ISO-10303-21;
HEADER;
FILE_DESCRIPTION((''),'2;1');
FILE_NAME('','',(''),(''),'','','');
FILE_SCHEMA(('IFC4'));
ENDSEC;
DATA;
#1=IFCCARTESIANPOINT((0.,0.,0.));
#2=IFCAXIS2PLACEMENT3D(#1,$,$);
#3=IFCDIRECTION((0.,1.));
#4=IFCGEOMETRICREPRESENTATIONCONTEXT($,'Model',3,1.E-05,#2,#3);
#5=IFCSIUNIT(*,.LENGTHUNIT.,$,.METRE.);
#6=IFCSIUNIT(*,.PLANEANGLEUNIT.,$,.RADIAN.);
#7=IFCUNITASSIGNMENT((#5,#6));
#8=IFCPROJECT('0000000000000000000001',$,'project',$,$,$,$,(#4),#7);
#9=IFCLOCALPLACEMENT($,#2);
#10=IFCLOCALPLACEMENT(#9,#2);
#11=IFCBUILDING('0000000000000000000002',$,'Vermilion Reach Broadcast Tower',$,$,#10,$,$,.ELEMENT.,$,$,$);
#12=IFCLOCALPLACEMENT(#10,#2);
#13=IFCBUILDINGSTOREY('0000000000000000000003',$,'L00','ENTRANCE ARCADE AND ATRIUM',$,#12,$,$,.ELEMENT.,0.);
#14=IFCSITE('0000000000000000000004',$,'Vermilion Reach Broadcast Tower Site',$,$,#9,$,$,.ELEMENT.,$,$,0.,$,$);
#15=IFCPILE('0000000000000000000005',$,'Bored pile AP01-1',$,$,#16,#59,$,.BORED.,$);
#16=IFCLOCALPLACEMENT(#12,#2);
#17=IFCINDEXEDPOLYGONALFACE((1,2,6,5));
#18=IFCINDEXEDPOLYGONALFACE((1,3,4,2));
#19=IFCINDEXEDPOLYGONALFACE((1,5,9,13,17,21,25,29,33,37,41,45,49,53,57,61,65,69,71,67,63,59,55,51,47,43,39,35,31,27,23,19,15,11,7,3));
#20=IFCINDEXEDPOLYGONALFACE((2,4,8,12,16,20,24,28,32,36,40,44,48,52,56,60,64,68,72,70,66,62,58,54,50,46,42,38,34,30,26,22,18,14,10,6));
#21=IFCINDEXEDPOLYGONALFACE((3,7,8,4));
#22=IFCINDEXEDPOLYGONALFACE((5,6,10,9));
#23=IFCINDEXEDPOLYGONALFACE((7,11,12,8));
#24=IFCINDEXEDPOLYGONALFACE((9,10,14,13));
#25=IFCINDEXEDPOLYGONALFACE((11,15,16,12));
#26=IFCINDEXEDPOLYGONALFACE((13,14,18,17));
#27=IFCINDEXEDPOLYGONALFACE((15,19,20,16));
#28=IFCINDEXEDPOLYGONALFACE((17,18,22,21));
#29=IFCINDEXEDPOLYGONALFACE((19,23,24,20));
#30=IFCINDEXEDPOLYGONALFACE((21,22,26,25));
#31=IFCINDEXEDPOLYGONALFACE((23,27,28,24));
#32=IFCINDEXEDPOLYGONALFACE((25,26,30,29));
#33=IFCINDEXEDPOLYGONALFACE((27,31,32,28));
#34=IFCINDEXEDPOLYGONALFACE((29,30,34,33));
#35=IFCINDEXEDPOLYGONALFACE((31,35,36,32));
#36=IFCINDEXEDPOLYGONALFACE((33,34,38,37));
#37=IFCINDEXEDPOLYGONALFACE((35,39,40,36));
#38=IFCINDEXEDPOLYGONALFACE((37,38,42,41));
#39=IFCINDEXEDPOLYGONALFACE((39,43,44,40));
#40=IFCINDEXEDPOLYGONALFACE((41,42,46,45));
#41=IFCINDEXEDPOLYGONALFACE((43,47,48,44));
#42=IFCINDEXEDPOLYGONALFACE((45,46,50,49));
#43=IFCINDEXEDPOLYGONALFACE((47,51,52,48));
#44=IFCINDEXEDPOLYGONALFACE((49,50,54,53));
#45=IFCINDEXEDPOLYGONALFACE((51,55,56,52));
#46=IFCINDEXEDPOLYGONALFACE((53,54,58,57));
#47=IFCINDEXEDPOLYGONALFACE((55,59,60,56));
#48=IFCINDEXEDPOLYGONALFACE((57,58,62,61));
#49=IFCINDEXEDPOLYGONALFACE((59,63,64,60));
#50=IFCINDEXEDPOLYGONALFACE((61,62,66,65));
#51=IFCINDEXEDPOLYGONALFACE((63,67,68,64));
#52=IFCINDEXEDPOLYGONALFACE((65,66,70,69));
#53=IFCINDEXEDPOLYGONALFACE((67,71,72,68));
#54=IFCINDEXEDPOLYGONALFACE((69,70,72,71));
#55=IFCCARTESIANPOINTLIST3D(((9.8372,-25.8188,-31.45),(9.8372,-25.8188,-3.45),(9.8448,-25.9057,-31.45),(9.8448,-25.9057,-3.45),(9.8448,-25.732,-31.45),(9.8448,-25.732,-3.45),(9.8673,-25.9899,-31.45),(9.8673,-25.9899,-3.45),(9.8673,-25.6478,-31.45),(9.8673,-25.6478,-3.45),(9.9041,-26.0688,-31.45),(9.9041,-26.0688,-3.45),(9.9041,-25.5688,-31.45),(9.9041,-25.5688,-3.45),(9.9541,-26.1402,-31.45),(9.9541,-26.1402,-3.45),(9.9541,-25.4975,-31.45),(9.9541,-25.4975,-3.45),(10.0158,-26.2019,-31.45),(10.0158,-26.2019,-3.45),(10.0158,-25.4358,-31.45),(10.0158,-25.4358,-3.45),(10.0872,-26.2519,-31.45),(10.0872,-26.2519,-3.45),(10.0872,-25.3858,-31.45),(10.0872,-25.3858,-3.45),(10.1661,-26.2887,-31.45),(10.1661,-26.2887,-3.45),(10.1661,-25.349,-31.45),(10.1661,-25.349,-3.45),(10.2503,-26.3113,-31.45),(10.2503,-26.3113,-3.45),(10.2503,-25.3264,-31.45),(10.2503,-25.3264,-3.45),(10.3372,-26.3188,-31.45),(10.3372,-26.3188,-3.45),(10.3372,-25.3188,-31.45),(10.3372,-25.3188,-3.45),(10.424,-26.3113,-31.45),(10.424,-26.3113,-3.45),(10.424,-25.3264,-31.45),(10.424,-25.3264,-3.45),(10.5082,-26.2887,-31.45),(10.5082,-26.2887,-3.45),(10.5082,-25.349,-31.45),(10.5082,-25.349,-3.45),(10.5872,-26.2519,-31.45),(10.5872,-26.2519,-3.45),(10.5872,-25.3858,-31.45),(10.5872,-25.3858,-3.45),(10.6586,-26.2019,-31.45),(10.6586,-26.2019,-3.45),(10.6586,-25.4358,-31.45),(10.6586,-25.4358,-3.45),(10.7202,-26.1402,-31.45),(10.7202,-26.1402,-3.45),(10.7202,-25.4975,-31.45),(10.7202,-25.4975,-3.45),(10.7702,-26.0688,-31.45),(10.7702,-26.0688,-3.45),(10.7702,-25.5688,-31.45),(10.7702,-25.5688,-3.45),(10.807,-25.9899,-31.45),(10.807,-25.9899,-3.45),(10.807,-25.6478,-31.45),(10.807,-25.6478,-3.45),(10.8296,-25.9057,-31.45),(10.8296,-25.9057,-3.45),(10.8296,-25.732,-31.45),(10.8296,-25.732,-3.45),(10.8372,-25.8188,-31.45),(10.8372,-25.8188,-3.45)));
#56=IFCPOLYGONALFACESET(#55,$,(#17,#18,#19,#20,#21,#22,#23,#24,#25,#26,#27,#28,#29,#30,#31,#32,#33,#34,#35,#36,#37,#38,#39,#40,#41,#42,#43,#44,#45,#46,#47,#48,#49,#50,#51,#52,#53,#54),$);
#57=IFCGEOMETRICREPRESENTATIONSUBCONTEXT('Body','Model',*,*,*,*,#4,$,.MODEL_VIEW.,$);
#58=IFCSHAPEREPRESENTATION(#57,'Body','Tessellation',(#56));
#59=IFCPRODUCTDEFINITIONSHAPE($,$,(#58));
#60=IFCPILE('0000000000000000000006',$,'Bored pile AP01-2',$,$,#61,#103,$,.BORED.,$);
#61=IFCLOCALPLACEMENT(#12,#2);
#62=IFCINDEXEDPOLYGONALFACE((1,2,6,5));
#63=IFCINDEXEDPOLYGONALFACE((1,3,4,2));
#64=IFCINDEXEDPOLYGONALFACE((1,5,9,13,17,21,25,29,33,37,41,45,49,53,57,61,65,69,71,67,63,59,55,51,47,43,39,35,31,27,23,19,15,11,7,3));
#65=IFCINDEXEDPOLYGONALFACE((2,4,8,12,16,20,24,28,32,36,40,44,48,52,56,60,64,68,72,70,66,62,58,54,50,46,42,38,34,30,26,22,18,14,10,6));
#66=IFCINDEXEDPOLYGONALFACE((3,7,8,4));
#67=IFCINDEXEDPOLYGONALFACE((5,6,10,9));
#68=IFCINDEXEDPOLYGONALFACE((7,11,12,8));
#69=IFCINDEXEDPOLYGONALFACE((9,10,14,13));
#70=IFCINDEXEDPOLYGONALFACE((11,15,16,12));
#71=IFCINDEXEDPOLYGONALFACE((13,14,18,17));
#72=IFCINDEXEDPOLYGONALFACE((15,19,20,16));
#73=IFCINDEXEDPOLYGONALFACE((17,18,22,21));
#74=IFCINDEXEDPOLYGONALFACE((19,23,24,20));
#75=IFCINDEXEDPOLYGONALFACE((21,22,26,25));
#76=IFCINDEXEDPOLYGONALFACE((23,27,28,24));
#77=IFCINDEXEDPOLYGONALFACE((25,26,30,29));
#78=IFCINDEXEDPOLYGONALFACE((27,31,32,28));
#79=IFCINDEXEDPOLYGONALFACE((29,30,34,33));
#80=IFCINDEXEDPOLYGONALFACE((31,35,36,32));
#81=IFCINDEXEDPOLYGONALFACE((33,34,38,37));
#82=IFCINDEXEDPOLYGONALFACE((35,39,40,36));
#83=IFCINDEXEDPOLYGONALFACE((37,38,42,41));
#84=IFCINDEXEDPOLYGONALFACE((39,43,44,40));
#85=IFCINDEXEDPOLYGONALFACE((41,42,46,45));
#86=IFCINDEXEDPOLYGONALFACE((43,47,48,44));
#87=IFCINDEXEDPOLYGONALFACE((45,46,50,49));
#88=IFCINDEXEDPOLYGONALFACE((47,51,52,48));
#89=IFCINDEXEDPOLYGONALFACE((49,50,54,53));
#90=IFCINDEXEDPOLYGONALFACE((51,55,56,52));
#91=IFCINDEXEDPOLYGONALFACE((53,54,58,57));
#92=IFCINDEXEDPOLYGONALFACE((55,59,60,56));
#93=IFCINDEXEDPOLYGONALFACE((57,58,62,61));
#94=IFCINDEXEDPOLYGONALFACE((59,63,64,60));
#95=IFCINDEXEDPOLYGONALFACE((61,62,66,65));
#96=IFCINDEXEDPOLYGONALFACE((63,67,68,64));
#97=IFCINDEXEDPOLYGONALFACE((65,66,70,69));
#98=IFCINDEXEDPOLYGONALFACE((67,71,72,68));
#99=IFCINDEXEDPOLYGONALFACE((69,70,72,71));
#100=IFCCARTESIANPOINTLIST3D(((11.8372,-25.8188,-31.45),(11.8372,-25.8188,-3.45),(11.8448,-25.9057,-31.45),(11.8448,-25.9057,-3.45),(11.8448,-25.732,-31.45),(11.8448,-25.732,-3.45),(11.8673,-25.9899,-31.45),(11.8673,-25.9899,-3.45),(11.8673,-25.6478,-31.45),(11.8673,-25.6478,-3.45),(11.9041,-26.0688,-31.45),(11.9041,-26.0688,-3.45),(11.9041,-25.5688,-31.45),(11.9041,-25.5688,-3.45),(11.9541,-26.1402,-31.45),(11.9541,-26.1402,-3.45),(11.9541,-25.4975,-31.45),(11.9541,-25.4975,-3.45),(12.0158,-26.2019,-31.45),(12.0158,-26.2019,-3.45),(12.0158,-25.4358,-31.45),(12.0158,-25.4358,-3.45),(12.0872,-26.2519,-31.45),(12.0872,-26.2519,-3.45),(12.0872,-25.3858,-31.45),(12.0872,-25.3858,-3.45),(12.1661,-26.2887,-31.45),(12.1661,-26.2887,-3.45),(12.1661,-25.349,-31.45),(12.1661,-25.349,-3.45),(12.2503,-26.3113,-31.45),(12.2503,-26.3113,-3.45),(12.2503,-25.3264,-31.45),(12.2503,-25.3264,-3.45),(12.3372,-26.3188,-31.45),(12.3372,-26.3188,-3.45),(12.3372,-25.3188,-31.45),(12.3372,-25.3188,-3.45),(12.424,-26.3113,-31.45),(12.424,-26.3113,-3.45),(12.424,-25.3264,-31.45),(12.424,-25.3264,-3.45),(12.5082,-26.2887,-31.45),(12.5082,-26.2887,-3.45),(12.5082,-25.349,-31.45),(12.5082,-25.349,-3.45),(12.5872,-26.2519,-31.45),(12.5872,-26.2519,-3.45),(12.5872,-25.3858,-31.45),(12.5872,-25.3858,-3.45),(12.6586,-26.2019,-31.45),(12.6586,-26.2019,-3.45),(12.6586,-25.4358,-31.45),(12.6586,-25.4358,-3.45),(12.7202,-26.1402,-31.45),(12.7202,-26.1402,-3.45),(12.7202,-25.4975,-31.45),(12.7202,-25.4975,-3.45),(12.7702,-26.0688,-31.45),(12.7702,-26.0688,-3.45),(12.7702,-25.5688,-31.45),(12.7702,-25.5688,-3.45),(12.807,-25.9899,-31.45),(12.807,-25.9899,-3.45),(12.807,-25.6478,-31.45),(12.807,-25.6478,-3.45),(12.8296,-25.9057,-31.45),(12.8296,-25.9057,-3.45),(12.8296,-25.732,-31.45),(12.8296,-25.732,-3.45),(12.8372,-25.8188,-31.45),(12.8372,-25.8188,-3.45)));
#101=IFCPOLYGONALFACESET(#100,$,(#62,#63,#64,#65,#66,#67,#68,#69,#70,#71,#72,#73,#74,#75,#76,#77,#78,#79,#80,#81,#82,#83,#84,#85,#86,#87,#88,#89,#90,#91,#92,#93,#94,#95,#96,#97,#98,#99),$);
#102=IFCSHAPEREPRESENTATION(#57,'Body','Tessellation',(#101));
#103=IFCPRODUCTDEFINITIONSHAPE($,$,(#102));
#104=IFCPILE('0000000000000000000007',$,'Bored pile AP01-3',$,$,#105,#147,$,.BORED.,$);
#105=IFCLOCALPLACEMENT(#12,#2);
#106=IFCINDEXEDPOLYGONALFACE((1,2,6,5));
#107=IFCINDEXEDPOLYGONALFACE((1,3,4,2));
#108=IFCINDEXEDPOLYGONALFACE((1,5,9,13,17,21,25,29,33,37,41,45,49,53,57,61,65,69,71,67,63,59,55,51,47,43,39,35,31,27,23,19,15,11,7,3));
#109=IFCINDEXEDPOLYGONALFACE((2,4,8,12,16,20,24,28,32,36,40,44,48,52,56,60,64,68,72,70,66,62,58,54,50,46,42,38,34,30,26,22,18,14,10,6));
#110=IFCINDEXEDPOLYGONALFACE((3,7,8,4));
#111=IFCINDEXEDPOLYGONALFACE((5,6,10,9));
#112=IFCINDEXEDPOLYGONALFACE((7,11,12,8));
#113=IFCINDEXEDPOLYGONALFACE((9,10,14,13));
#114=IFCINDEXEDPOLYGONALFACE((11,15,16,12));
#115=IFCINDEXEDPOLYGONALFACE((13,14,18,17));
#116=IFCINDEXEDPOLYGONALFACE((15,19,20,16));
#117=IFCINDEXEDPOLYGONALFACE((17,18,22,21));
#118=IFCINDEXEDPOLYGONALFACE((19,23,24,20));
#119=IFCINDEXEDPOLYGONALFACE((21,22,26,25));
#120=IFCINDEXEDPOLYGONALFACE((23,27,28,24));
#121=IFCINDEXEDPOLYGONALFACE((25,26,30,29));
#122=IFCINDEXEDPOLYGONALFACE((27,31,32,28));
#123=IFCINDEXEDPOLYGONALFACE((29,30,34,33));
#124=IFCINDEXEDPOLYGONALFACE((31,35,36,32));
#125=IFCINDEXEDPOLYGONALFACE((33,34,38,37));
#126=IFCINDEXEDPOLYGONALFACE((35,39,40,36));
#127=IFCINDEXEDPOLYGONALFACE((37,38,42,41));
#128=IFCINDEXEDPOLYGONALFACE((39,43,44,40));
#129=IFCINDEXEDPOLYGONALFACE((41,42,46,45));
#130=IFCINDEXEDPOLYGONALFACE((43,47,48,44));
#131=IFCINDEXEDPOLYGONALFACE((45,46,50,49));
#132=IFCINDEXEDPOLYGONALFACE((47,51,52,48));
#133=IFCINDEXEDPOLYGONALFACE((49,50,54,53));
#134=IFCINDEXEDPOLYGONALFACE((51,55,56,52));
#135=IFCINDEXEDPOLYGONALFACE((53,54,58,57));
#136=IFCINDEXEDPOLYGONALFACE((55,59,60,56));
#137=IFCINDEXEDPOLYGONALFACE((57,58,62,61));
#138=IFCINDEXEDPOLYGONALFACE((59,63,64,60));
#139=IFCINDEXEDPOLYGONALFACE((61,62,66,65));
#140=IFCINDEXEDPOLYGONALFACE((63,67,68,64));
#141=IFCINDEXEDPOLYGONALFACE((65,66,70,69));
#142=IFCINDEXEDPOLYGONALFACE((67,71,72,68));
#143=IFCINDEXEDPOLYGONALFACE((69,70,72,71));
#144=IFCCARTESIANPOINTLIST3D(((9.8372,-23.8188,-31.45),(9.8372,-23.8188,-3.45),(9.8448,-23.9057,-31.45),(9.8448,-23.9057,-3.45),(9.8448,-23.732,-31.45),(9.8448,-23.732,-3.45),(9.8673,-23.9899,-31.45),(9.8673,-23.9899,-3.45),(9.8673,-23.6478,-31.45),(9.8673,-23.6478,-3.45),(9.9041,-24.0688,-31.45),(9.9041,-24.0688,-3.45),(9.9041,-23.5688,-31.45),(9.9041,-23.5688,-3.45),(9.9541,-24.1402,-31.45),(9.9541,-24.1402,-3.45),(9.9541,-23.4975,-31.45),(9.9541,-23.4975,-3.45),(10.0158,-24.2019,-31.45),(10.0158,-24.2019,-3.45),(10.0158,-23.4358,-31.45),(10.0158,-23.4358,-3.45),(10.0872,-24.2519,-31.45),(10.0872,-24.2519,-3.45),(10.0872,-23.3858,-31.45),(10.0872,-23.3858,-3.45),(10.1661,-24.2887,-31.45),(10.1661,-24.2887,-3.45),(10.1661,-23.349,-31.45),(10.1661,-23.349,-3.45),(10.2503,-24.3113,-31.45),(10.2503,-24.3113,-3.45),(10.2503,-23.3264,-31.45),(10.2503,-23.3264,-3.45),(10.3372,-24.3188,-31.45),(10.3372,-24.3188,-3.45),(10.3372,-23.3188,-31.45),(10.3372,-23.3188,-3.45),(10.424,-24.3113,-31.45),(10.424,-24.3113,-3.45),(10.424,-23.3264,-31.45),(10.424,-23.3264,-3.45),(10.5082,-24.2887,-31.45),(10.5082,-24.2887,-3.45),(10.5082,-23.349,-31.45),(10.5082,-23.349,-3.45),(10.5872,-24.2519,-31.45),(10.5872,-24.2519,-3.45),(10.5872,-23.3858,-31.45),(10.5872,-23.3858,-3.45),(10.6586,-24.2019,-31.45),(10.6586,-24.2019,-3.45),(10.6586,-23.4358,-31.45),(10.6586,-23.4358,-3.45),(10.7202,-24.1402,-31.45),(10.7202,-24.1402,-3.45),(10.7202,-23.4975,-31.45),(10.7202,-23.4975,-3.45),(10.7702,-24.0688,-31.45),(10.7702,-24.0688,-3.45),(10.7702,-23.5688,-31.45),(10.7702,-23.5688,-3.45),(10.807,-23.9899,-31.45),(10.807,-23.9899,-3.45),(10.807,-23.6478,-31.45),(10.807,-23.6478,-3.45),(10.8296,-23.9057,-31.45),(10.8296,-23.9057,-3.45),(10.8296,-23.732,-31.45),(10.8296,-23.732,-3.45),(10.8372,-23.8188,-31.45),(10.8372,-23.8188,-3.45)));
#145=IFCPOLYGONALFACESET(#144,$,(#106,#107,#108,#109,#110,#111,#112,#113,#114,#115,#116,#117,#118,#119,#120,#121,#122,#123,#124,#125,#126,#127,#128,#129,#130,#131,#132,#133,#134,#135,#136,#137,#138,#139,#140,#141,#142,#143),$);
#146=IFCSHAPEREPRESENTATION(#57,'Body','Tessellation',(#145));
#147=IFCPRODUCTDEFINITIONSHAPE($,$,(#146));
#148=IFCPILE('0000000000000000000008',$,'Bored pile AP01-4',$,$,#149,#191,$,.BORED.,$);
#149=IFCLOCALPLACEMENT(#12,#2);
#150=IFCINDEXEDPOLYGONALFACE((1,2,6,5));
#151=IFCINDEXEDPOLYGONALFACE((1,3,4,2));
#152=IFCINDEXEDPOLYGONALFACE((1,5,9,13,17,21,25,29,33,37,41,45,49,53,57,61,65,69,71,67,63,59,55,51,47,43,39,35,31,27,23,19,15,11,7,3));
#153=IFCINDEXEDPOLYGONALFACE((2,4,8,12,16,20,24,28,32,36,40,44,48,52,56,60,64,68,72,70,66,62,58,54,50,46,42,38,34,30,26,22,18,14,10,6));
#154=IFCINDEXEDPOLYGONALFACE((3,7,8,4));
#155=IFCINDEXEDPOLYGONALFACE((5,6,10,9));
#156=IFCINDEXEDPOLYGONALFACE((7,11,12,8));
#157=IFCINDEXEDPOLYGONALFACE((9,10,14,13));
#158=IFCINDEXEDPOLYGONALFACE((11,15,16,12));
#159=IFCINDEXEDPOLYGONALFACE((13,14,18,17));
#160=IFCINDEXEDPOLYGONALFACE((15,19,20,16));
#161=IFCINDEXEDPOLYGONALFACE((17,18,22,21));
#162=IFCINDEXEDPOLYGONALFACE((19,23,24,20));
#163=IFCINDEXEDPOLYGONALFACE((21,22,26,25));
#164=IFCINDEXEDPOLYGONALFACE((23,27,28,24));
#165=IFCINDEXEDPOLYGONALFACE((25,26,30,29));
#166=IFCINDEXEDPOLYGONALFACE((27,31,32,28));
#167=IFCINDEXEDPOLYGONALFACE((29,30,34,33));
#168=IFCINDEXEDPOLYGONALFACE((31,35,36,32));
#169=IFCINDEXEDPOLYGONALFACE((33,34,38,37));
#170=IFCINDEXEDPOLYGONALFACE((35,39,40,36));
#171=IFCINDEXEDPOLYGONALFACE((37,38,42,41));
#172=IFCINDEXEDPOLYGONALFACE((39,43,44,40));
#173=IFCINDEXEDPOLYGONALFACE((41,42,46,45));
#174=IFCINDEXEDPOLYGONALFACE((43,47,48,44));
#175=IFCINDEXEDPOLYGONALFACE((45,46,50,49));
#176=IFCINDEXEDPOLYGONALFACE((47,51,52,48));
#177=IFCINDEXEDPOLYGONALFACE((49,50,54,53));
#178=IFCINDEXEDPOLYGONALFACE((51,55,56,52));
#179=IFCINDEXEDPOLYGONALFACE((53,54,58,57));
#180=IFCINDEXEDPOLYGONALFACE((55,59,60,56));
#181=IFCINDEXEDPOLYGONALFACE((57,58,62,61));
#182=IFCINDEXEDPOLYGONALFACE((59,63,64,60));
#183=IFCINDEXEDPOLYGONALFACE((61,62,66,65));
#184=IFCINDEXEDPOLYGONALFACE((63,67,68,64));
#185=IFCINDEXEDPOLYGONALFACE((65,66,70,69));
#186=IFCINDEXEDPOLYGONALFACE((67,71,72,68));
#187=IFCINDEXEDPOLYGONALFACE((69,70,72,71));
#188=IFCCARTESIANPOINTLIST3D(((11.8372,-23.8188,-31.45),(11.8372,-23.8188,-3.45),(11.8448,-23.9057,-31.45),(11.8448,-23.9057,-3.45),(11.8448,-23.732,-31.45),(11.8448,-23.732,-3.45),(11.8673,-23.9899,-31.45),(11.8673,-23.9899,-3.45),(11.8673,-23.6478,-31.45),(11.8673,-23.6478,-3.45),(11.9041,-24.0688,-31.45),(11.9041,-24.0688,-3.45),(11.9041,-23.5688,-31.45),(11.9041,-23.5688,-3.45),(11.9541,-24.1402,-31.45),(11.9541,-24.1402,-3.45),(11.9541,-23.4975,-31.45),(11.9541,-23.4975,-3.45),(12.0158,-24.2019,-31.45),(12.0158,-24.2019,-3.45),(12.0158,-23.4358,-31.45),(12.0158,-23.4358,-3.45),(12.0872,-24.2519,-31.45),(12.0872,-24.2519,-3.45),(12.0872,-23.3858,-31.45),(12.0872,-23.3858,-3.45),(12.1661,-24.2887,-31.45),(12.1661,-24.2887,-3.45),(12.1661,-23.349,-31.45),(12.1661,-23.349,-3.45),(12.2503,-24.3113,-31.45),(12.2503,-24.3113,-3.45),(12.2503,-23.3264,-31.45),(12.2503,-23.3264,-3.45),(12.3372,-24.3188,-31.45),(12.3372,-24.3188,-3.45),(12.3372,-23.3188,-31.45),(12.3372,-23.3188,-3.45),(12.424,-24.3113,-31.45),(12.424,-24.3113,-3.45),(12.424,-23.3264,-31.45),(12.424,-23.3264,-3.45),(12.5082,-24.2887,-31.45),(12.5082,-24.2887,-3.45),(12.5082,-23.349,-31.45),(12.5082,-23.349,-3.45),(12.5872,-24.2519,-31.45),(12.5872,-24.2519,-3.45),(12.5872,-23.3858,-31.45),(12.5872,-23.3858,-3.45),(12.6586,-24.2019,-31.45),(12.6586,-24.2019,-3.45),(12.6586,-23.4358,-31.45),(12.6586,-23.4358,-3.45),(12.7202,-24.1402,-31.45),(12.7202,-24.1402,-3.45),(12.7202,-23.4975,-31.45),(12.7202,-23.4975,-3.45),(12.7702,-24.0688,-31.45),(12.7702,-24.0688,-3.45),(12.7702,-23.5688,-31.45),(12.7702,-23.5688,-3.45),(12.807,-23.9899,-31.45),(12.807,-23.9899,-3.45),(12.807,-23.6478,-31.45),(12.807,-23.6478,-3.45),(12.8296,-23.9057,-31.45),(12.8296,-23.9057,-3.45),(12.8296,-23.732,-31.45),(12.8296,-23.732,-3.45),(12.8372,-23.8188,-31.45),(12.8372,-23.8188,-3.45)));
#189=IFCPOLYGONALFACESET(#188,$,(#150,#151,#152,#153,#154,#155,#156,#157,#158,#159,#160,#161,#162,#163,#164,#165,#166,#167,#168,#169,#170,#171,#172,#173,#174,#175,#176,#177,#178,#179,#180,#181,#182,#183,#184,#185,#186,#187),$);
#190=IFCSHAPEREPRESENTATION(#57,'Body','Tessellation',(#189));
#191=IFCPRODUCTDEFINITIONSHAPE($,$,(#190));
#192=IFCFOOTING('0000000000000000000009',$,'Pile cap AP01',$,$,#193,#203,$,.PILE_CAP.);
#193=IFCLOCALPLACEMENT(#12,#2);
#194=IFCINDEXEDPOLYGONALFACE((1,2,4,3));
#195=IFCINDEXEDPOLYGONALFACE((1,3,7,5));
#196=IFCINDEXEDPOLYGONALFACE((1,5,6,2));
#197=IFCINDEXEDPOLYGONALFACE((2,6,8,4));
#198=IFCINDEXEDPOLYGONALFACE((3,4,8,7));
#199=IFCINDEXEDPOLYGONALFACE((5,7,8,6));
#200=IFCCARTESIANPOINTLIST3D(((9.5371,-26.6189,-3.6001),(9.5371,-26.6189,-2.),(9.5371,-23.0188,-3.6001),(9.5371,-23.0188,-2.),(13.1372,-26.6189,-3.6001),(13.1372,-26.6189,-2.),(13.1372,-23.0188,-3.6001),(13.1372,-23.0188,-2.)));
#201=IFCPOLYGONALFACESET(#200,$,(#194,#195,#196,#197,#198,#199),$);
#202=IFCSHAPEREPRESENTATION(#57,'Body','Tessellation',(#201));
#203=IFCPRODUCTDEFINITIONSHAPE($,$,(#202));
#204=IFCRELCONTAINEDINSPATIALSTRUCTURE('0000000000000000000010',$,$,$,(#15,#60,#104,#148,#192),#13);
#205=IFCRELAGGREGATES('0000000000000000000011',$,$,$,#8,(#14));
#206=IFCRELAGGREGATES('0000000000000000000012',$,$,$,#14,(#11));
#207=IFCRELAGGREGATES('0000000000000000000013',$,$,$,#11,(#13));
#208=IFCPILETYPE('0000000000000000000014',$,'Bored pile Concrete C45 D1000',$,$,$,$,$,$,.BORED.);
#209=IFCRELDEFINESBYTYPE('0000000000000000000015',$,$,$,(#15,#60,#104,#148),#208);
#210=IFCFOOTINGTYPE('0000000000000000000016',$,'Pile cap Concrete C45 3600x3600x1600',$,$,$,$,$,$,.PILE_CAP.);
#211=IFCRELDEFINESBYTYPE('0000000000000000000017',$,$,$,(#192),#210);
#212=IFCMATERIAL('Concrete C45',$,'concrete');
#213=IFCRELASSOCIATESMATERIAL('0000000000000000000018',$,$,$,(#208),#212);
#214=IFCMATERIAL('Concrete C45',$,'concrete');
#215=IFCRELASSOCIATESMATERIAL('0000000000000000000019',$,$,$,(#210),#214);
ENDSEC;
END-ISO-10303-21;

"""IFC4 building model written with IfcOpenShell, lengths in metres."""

from ifc_helpers import new_model, si_unit, direction, frame, origin, origin_2d, place, context, subcontext, project, spatial, rectangle, circle, extrude, material, material_profile, profile_set, type_object, element, save


model = new_model("IFC4")

# Units and contexts
model_context = context("Model", 3, precision=1e-05, world=origin(), true_north=direction((0.0, 1.0)))
body_context = subcontext(model_context, "Body", "Model", "MODEL_VIEW")
ifc_project = project(units=[si_unit("LENGTHUNIT", "METRE"), si_unit("PLANEANGLEUNIT", "RADIAN")], contexts=[model_context])

# Site, building, storey
site_placement = place(None, origin())
site = spatial("IfcSite", under=ifc_project, at=site_placement, Name="Vermilion Reach Broadcast Tower Site", CompositionType="ELEMENT", RefElevation=0.0)
building_placement = place(site_placement, origin())
building = spatial("IfcBuilding", under=site, at=building_placement, Name="Vermilion Reach Broadcast Tower", CompositionType="ELEMENT")
storey_placement = place(building_placement, origin())
storey = spatial("IfcBuildingStorey", under=building, at=storey_placement, Name="L00", Description="ENTRANCE ARCADE AND ATRIUM", CompositionType="ELEMENT", Elevation=0.0)

# Piles
ifc_material_1 = material(Name="Concrete C45", Category="concrete")
ifc_material_profile_1 = material_profile(ifc_material_1, circle(Radius=0.5, at=origin_2d()), Name="Concrete C45 D1000")
ifc_profile_set_1 = profile_set([ifc_material_profile_1], Name="Concrete C45")
pile_type = type_object("IfcPileType", Name="Bored pile Concrete C45 D1000", PredefinedType="BORED", material=ifc_profile_set_1)
for number, where, z_axis, x_axis, name in (
    (1, (10.3372, -25.8188, -3.45), (0.0, 0.0, -1.0), (1.0, 0.0, 0.0), "Bored pile AP01-1"),
    (2, (12.3372, -25.8188, -3.45), (0.0, 0.0, -1.0), (1.0, 0.0, 0.0), "Bored pile AP01-2"),
    (3, (10.3372, -23.8188, -3.45), (0.0, 0.0, -1.0), (1.0, 0.0, 0.0), "Bored pile AP01-3"),
    (4, (12.3372, -23.8188, -3.45), (0.0, 0.0, -1.0), (1.0, 0.0, 0.0), "Bored pile AP01-4"),
):
    element("IfcPile", number, at=place(storey_placement, frame(where, z_axis=z_axis, x_axis=x_axis)), inside=storey, type_object=pile_type, Name=name, PredefinedType="BORED", context=body_context, shape_type="SweptSolid", body=[
        extrude(circle(Radius=0.5, at=origin_2d()), origin(), (0.0, 0.0, 1.0), 28.0),
    ])

# Footing
ifc_material_2 = material(Name="Concrete C45", Category="concrete")
footing_type = type_object("IfcFootingType", Name="Pile cap Concrete C45 3600x3600x1600", PredefinedType="PILE_CAP", material=ifc_material_2)
footing_placement = place(storey_placement, frame((11.3372, -24.8188, -3.6001), z_axis=(0.0, 0.0, 1.0), x_axis=(1.0, 0.0, 0.0)))
element("IfcFooting", 5, at=footing_placement, inside=storey, type_object=footing_type, Name="Pile cap AP01", PredefinedType="PILE_CAP", context=body_context, shape_type="SweptSolid", body=[
    extrude(rectangle(XDim=3.6001, YDim=3.6001, at=origin_2d()), origin(), (0.0, 0.0, 1.0), 1.6001),
])

save(model, "model.ifc")
